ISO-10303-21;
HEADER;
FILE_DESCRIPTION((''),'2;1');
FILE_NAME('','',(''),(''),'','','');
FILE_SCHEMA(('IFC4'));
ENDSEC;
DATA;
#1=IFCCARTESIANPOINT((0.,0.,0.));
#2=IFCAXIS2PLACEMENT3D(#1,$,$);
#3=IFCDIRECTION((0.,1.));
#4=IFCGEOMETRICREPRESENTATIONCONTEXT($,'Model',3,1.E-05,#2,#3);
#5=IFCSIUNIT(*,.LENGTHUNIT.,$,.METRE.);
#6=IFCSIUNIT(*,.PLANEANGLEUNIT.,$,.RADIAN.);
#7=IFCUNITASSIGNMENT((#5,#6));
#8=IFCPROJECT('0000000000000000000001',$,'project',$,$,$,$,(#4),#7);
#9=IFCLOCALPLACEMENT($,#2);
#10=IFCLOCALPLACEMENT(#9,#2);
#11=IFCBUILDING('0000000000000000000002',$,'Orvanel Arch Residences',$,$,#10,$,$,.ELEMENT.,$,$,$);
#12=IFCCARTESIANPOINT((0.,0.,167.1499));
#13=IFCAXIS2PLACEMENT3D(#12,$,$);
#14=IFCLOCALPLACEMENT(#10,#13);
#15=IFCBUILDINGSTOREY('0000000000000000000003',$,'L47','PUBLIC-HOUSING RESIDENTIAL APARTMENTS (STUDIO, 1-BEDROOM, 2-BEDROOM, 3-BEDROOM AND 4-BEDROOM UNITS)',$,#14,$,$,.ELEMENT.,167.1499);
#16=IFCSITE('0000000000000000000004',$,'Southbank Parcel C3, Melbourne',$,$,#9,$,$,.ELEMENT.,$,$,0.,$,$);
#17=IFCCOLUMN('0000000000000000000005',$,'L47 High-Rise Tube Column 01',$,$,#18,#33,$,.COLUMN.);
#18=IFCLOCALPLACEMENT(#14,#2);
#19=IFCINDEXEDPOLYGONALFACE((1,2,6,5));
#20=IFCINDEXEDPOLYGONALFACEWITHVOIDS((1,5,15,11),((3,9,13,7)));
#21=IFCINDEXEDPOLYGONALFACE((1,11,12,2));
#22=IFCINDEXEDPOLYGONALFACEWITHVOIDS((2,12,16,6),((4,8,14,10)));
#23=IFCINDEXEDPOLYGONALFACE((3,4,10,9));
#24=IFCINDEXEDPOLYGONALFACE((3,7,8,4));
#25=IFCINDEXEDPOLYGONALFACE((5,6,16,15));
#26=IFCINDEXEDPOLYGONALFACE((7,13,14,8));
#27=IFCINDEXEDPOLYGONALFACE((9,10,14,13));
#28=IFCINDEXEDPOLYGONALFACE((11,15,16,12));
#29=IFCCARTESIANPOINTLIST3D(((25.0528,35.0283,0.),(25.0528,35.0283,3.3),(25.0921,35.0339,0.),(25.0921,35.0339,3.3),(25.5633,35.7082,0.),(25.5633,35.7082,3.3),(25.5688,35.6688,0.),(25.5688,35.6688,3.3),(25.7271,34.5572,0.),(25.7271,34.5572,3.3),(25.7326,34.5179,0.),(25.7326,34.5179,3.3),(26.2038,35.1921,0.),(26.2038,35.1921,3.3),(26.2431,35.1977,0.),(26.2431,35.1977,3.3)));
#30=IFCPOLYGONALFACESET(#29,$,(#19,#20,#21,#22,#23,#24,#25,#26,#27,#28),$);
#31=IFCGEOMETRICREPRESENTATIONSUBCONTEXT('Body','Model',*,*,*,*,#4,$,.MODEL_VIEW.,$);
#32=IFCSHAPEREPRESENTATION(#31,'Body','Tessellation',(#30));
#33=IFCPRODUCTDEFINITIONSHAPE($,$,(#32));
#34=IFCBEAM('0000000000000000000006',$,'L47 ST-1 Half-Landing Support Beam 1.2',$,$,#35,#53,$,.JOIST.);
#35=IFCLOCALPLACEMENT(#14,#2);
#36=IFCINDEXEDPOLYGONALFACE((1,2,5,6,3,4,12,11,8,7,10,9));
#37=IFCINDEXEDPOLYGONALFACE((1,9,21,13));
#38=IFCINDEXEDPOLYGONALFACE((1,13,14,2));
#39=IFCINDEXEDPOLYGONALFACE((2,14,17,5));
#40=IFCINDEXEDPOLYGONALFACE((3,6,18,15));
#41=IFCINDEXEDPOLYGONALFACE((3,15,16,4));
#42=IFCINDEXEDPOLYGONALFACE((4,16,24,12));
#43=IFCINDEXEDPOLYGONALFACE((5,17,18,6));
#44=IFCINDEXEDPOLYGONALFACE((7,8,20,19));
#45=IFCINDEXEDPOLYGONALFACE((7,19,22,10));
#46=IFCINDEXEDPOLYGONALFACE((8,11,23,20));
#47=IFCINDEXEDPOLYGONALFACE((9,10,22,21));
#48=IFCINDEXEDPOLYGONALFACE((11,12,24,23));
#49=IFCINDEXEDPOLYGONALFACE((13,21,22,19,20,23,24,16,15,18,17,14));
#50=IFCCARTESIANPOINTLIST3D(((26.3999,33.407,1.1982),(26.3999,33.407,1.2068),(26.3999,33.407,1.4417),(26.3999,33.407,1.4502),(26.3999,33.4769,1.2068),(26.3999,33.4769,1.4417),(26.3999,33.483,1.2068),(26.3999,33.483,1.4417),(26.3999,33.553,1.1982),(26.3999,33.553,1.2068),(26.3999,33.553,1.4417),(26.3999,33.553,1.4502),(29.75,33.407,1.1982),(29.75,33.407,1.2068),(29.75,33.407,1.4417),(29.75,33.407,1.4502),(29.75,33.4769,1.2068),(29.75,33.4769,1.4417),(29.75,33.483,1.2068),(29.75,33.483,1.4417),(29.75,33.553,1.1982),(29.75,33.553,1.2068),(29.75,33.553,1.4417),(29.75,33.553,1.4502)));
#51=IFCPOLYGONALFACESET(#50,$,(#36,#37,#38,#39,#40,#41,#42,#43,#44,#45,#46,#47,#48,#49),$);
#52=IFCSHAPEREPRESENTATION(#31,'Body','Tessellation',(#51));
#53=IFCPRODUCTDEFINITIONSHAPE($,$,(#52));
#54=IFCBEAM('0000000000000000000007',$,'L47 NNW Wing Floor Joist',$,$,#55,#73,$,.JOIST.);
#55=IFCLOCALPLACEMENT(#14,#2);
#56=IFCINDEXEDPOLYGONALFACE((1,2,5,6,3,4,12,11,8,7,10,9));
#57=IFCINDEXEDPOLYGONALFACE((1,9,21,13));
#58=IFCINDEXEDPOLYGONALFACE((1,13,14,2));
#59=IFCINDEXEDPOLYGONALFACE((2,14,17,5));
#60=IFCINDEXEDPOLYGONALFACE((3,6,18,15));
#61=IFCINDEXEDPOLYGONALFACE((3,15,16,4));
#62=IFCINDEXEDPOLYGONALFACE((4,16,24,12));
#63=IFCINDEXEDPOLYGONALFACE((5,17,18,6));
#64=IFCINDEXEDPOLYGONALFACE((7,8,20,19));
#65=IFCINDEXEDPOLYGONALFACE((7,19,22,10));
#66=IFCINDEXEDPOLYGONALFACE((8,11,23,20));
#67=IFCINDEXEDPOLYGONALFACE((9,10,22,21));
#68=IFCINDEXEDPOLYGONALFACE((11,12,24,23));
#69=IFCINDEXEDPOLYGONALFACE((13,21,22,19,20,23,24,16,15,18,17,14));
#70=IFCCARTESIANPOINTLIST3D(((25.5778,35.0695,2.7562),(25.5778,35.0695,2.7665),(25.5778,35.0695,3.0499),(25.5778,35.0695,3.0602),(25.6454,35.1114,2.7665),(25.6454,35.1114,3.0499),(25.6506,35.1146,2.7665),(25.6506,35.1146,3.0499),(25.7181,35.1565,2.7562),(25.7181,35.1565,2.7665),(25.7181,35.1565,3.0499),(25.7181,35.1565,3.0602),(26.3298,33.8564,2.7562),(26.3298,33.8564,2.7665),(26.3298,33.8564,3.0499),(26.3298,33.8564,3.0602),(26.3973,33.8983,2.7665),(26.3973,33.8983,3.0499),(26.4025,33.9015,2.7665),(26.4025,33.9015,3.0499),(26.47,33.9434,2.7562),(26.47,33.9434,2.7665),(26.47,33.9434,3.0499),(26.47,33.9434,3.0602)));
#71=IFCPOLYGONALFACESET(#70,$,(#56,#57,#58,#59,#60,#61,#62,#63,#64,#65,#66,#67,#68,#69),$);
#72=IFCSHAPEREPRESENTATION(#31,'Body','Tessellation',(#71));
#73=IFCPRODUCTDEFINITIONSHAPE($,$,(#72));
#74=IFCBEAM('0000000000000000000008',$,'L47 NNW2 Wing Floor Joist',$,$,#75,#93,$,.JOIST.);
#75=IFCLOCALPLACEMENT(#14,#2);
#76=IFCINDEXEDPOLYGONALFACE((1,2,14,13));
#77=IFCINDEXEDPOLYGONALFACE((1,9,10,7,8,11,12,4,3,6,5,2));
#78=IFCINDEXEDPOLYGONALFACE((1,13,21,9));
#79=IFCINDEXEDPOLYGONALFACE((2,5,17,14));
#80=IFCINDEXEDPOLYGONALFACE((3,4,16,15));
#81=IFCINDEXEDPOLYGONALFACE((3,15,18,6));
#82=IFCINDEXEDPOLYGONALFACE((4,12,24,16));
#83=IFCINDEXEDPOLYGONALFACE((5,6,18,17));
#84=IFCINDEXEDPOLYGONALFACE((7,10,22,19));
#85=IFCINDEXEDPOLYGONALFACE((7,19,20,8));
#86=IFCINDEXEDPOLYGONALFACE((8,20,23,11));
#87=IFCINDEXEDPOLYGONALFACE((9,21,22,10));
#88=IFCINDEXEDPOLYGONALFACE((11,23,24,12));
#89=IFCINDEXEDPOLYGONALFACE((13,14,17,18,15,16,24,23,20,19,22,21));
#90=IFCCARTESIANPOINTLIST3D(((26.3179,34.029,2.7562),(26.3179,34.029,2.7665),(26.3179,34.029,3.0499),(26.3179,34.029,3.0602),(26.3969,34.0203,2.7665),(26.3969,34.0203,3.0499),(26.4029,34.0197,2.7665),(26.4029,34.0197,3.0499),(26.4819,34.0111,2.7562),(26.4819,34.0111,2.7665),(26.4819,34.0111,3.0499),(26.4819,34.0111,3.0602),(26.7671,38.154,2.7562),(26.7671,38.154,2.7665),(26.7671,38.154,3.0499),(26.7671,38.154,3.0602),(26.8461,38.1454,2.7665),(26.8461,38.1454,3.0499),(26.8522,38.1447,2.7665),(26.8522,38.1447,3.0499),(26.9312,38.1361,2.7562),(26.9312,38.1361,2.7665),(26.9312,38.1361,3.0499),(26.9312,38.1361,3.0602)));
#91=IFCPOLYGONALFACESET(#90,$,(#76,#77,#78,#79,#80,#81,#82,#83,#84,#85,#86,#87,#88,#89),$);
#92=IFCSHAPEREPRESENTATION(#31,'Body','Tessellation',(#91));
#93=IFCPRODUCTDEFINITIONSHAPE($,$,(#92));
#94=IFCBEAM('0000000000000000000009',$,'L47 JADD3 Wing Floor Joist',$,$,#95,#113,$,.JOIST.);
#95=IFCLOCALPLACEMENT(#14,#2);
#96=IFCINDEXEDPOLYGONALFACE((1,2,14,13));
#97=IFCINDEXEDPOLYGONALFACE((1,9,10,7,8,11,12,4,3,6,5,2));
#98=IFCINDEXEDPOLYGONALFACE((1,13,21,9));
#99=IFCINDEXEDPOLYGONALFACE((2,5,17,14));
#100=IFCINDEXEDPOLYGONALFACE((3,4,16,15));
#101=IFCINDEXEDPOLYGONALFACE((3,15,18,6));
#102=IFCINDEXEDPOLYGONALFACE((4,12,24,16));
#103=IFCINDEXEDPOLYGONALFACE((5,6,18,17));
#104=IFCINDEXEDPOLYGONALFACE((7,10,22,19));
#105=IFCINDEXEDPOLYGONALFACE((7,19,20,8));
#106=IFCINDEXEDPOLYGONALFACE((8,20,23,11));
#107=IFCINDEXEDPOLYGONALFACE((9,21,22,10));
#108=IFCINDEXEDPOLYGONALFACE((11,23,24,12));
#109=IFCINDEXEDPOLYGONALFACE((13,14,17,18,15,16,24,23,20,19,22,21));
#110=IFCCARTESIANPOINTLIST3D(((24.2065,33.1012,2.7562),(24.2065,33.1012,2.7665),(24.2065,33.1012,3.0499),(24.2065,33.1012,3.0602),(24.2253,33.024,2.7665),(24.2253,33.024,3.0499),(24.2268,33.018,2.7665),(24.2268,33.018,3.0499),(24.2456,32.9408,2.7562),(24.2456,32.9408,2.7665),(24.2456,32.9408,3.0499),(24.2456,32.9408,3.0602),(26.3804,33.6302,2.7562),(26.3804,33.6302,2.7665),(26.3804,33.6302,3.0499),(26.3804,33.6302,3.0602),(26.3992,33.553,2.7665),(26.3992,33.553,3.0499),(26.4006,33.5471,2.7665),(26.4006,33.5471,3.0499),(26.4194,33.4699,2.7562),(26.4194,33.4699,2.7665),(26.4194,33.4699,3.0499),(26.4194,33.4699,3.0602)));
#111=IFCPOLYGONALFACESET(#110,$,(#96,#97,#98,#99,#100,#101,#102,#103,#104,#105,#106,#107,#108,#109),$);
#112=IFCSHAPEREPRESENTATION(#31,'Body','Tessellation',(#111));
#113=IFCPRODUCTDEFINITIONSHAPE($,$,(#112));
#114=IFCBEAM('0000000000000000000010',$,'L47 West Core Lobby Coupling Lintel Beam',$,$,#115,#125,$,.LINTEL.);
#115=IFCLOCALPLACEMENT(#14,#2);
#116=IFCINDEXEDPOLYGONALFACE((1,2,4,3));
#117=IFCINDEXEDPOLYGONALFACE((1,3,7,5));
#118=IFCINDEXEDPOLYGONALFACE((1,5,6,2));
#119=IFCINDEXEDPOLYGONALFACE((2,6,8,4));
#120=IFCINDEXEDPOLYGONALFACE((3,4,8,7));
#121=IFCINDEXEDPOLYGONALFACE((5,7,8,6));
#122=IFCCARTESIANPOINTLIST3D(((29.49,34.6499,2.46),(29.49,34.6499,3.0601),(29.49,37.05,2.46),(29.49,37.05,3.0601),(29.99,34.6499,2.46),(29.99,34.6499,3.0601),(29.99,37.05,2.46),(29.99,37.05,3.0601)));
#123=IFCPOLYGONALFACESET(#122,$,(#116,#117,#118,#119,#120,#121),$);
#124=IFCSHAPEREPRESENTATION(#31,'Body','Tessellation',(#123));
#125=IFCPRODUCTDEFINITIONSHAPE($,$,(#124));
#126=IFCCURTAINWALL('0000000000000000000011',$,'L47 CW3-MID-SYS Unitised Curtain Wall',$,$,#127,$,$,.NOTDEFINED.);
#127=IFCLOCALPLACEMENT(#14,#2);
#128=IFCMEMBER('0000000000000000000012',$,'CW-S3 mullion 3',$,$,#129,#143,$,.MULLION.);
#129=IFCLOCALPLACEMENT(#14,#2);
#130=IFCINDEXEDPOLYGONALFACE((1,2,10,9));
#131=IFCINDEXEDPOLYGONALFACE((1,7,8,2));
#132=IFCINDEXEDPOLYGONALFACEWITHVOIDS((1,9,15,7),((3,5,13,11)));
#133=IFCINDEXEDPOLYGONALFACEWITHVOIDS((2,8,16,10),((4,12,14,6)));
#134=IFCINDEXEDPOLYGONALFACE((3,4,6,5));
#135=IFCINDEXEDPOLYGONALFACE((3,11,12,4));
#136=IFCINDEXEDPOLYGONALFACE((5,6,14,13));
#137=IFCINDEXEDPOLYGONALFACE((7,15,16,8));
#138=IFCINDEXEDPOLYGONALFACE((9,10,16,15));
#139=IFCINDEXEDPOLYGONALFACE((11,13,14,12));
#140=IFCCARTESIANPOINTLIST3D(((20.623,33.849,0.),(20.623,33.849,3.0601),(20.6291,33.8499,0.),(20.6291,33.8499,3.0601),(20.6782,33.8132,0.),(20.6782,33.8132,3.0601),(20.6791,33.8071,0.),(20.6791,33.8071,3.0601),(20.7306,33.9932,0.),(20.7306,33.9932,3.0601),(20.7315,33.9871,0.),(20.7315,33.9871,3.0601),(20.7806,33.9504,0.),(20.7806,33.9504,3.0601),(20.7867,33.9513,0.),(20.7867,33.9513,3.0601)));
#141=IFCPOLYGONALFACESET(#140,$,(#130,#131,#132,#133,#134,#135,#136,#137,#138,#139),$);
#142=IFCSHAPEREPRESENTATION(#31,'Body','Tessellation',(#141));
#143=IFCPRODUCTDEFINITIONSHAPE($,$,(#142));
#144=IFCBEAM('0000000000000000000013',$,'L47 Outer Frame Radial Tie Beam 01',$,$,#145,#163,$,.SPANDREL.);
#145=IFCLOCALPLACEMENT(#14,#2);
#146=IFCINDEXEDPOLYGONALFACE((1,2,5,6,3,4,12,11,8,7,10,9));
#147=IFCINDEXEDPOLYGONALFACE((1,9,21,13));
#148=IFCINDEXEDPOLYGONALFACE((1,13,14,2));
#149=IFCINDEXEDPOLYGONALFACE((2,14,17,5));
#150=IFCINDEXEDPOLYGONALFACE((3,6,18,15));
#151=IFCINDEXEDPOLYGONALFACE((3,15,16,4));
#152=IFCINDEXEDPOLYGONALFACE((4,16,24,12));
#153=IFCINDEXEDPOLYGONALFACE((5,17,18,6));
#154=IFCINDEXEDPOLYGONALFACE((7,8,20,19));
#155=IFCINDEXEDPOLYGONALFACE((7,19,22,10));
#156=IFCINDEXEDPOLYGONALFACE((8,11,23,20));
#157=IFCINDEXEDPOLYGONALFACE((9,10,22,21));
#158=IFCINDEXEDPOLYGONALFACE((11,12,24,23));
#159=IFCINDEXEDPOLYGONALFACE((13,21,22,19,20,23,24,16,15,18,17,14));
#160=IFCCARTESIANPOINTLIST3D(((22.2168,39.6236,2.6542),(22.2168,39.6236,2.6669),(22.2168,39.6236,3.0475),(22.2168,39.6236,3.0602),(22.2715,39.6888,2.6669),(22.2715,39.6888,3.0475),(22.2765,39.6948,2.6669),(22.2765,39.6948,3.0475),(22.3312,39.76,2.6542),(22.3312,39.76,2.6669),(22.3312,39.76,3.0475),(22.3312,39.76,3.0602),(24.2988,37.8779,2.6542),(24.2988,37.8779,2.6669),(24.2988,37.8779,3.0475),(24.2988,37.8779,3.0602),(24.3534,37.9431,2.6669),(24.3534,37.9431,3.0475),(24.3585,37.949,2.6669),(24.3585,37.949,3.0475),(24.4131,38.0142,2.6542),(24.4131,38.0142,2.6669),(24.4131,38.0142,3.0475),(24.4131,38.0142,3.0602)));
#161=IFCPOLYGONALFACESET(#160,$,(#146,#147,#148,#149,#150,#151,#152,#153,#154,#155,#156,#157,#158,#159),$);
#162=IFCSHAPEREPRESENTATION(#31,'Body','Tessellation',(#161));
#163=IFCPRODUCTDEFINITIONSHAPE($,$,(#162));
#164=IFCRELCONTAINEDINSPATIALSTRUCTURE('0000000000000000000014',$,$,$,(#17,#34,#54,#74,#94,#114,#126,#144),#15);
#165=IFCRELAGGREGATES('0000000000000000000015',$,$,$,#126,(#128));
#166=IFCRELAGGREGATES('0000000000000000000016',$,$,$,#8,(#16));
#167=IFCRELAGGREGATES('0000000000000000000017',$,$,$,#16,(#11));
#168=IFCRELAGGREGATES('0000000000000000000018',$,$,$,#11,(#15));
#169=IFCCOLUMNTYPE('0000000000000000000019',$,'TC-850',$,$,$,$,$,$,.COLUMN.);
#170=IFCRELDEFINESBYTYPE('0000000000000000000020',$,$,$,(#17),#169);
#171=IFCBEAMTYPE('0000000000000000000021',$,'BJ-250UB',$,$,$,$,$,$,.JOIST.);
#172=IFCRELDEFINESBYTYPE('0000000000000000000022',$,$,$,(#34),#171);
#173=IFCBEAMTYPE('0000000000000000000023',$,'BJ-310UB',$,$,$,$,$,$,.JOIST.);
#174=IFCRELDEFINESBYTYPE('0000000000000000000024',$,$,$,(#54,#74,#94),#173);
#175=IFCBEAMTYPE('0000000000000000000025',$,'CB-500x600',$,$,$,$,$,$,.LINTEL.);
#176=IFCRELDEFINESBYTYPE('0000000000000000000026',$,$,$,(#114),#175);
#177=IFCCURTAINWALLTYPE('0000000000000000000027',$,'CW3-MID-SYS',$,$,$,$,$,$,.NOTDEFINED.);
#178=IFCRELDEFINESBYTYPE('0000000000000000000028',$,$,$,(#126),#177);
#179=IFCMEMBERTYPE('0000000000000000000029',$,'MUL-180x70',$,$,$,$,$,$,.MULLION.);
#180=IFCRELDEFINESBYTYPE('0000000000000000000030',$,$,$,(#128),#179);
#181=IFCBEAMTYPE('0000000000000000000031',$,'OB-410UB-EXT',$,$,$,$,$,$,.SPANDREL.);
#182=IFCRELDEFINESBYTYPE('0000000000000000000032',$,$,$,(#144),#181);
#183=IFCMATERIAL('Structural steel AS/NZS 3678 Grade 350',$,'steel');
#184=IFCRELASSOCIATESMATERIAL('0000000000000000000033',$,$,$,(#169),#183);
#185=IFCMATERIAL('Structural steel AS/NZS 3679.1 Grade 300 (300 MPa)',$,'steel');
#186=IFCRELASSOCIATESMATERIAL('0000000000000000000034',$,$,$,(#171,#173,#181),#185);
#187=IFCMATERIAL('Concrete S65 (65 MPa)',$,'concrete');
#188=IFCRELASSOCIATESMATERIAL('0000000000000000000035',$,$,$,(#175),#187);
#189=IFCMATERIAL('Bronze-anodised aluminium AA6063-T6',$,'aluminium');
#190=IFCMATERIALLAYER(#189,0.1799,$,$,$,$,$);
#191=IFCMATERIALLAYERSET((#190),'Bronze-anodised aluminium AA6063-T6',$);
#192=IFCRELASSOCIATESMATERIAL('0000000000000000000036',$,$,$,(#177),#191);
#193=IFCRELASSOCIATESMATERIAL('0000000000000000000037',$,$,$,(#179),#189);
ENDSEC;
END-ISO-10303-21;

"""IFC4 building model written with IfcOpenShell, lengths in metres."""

from ifc_helpers import new_model, si_unit, direction, frame, origin, origin_2d, place, context, subcontext, project, spatial, rectangle, hollow_rectangle, i_section, extrude, material, layer, layer_set, material_profile, profile_set, type_object, element, aggregate, save


model = new_model("IFC4")

# Units and contexts
model_context = context("Model", 3, precision=1e-05, world=origin(), true_north=direction((0.0, 1.0)))
body_context = subcontext(model_context, "Body", "Model", "MODEL_VIEW")
ifc_project = project(units=[si_unit("LENGTHUNIT", "METRE"), si_unit("PLANEANGLEUNIT", "RADIAN")], contexts=[model_context])

# Site, building, storey
site_placement = place(None, origin())
site = spatial("IfcSite", under=ifc_project, at=site_placement, Name="Southbank Parcel C3, Melbourne", CompositionType="ELEMENT", RefElevation=0.0)
building_placement = place(site_placement, origin())
building = spatial("IfcBuilding", under=site, at=building_placement, Name="Orvanel Arch Residences", CompositionType="ELEMENT")
storey_placement = place(building_placement, frame((0.0, 0.0, 167.1499)))
storey = spatial("IfcBuildingStorey", under=building, at=storey_placement, Name="L47", Description="PUBLIC-HOUSING RESIDENTIAL APARTMENTS (STUDIO, 1-BEDROOM, 2-BEDROOM, 3-BEDROOM AND 4-BEDROOM UNITS)", CompositionType="ELEMENT", Elevation=167.1499)

# Column
ifc_material_1 = material(Name="Structural steel AS/NZS 3678 Grade 350", Category="steel")
ifc_material_profile_1 = material_profile(ifc_material_1, hollow_rectangle(XDim=0.8501, YDim=0.8501, WallThickness=0.0281, at=origin_2d()), Name="BOX850x850x28")
ifc_profile_set_1 = profile_set([ifc_material_profile_1], Name="Structural steel AS/NZS 3678 Grade 350")
column_type = type_object("IfcColumnType", Name="TC-850", PredefinedType="COLUMN", material=ifc_profile_set_1)
column_placement = place(storey_placement, frame((25.6479, 35.113, 0.0), z_axis=(0.0, 0.0, 1.0), x_axis=(0.60042, 0.799685, 0.0)))
element("IfcColumn", 1, at=column_placement, inside=storey, type_object=column_type, Name="L47 High-Rise Tube Column 01", PredefinedType="COLUMN", context=body_context, shape_type="SweptSolid", body=[
    extrude(hollow_rectangle(XDim=0.8501, YDim=0.8501, WallThickness=0.0281, at=origin_2d()), origin(), (0.0, 0.0, 1.0), 3.3),
])

# Beams
ifc_material_2 = material(Name="Structural steel AS/NZS 3679.1 Grade 300 (300 MPa)", Category="steel")
ifc_material_profile_2 = material_profile(ifc_material_2, i_section(OverallWidth=0.146, OverallDepth=0.252, WebThickness=0.0061, FlangeThickness=0.0085, at=origin_2d()), Name="250UB31.4")
ifc_profile_set_2 = profile_set([ifc_material_profile_2], Name="Structural steel AS/NZS 3679.1 Grade 300 (300 MPa)")
beam_type_1 = type_object("IfcBeamType", Name="BJ-250UB", PredefinedType="JOIST", material=ifc_profile_set_2)
beam_1_placement = place(storey_placement, frame((26.3999, 33.48, 1.3242), z_axis=(1.0, 0.0, 0.0), x_axis=(0.0, 1.0, 0.0)))
element("IfcBeam", 2, at=beam_1_placement, inside=storey, type_object=beam_type_1, Name="L47 ST-1 Half-Landing Support Beam 1.2", PredefinedType="JOIST", context=body_context, shape_type="SweptSolid", body=[
    extrude(i_section(OverallWidth=0.146, OverallDepth=0.252, WebThickness=0.0061, FlangeThickness=0.0085, at=origin_2d()), origin(), (0.0, 0.0, 1.0), 3.3501),
])
ifc_material_profile_3 = material_profile(ifc_material_2, i_section(OverallWidth=0.165, OverallDepth=0.304, WebThickness=0.0061, FlangeThickness=0.0103, at=origin_2d()), Name="310UB40.4")
ifc_profile_set_3 = profile_set([ifc_material_profile_3], Name="Structural steel AS/NZS 3679.1 Grade 300 (300 MPa)")
beam_type_2 = type_object("IfcBeamType", Name="BJ-310UB", PredefinedType="JOIST", material=ifc_profile_set_3)
beam_2_placement = place(storey_placement, frame((26.3999, 33.8999, 2.9082), z_axis=(-0.526843, 0.849962, 0.0), x_axis=(-0.849962, -0.526843, 0.0)))
element("IfcBeam", 3, at=beam_2_placement, inside=storey, type_object=beam_type_2, Name="L47 NNW Wing Floor Joist", PredefinedType="JOIST", context=body_context, shape_type="SweptSolid", body=[
    extrude(i_section(OverallWidth=0.165, OverallDepth=0.304, WebThickness=0.0061, FlangeThickness=0.0103, at=origin_2d()), origin(), (0.0, 0.0, 1.0), 1.4272),
])
beam_3_placement = place(storey_placement, frame((26.3999, 34.02, 2.9082), z_axis=(0.108261, 0.994122, 0.0), x_axis=(-0.994122, 0.108261, 0.0)))
element("IfcBeam", 4, at=beam_3_placement, inside=storey, type_object=beam_type_2, Name="L47 NNW2 Wing Floor Joist", PredefinedType="JOIST", context=body_context, shape_type="SweptSolid", body=[
    extrude(i_section(OverallWidth=0.165, OverallDepth=0.304, WebThickness=0.0061, FlangeThickness=0.0103, at=origin_2d()), origin(), (0.0, 0.0, 1.0), 4.1494),
])
beam_4_placement = place(storey_placement, frame((26.3999, 33.55, 2.9082), z_axis=(-0.971638, -0.236471, 0.0), x_axis=(0.236471, -0.971638, 0.0)))
element("IfcBeam", 5, at=beam_4_placement, inside=storey, type_object=beam_type_2, Name="L47 JADD3 Wing Floor Joist", PredefinedType="JOIST", context=body_context, shape_type="SweptSolid", body=[
    extrude(i_section(OverallWidth=0.165, OverallDepth=0.304, WebThickness=0.0061, FlangeThickness=0.0103, at=origin_2d()), origin(), (0.0, 0.0, 1.0), 2.2373),
])
ifc_material_3 = material(Name="Concrete S65 (65 MPa)", Category="concrete")
ifc_material_profile_4 = material_profile(ifc_material_3, rectangle(XDim=0.5, YDim=0.6001, at=origin_2d()), Name="RC500x600")
ifc_profile_set_4 = profile_set([ifc_material_profile_4], Name="Concrete S65 (65 MPa)")
beam_type_3 = type_object("IfcBeamType", Name="CB-500x600", PredefinedType="LINTEL", material=ifc_profile_set_4)
beam_5_placement = place(storey_placement, frame((29.74, 34.6499, 2.76), z_axis=(0.0, 1.0, 0.0), x_axis=(-1.0, 0.0, 0.0)))
element("IfcBeam", 6, at=beam_5_placement, inside=storey, type_object=beam_type_3, Name="L47 West Core Lobby Coupling Lintel Beam", PredefinedType="LINTEL", context=body_context, shape_type="SweptSolid", body=[
    extrude(rectangle(XDim=0.5, YDim=0.6001, at=origin_2d()), origin(), (0.0, 0.0, 1.0), 2.4001),
])

# Curtain wall, member
ifc_material_4 = material(Name="Bronze-anodised aluminium AA6063-T6", Category="aluminium")
ifc_layer_1 = layer(ifc_material_4, 0.1799)
ifc_layer_set_1 = layer_set([ifc_layer_1], Name="Bronze-anodised aluminium AA6063-T6")
curtain_wall_type = type_object("IfcCurtainWallType", Name="CW3-MID-SYS", PredefinedType="NOTDEFINED", material=ifc_layer_set_1)
curtain_wall_placement = place(storey_placement, origin())
curtain_wall = element("IfcCurtainWall", 7, at=curtain_wall_placement, inside=storey, type_object=curtain_wall_type, Name="L47 CW3-MID-SYS Unitised Curtain Wall", PredefinedType="NOTDEFINED")
ifc_material_profile_5 = material_profile(ifc_material_4, hollow_rectangle(XDim=0.0701, YDim=0.1799, WallThickness=0.0044, at=origin_2d()), Name="ALU180x70x4.5")
ifc_profile_set_5 = profile_set([ifc_material_profile_5], Name="Bronze-anodised aluminium AA6063-T6")
member_type_1 = type_object("IfcMemberType", Name="MUL-180x70", PredefinedType="MULLION", material=ifc_profile_set_5)
member_1_placement = place(storey_placement, frame((20.7048, 33.9001, 0.0), z_axis=(0.0, 0.0, 1.0), x_axis=(0.801448, -0.598064, 0.0)))
member_1 = element("IfcMember", 8, at=member_1_placement, type_object=member_type_1, Name="CW-S3 mullion 3", PredefinedType="MULLION", context=body_context, shape_type="SweptSolid", body=[
    extrude(hollow_rectangle(XDim=0.0701, YDim=0.1799, WallThickness=0.0044, at=origin_2d()), origin(), (0.0, 0.0, 1.0), 3.0601),
])

# Beam
ifc_material_profile_6 = material_profile(ifc_material_2, i_section(OverallWidth=0.178, OverallDepth=0.406, WebThickness=0.0078, FlangeThickness=0.0127, at=origin_2d()), Name="410UB59.7")
ifc_profile_set_6 = profile_set([ifc_material_profile_6], Name="Structural steel AS/NZS 3679.1 Grade 300 (300 MPa)")
beam_type_4 = type_object("IfcBeamType", Name="OB-410UB-EXT", PredefinedType="SPANDREL", material=ifc_profile_set_6)
beam_6_placement = place(storey_placement, frame((24.356, 37.946, 2.8572), z_axis=(-0.766259, 0.642532, 0.0), x_axis=(-0.642532, -0.766259, 0.0)))
element("IfcBeam", 9, at=beam_6_placement, inside=storey, type_object=beam_type_4, Name="L47 Outer Frame Radial Tie Beam 01", PredefinedType="SPANDREL", context=body_context, shape_type="SweptSolid", body=[
    extrude(i_section(OverallWidth=0.178, OverallDepth=0.406, WebThickness=0.0078, FlangeThickness=0.0127, at=origin_2d()), origin(), (0.0, 0.0, 1.0), 2.717),
])

aggregate(curtain_wall, [member_1])

save(model, "model.ifc")
